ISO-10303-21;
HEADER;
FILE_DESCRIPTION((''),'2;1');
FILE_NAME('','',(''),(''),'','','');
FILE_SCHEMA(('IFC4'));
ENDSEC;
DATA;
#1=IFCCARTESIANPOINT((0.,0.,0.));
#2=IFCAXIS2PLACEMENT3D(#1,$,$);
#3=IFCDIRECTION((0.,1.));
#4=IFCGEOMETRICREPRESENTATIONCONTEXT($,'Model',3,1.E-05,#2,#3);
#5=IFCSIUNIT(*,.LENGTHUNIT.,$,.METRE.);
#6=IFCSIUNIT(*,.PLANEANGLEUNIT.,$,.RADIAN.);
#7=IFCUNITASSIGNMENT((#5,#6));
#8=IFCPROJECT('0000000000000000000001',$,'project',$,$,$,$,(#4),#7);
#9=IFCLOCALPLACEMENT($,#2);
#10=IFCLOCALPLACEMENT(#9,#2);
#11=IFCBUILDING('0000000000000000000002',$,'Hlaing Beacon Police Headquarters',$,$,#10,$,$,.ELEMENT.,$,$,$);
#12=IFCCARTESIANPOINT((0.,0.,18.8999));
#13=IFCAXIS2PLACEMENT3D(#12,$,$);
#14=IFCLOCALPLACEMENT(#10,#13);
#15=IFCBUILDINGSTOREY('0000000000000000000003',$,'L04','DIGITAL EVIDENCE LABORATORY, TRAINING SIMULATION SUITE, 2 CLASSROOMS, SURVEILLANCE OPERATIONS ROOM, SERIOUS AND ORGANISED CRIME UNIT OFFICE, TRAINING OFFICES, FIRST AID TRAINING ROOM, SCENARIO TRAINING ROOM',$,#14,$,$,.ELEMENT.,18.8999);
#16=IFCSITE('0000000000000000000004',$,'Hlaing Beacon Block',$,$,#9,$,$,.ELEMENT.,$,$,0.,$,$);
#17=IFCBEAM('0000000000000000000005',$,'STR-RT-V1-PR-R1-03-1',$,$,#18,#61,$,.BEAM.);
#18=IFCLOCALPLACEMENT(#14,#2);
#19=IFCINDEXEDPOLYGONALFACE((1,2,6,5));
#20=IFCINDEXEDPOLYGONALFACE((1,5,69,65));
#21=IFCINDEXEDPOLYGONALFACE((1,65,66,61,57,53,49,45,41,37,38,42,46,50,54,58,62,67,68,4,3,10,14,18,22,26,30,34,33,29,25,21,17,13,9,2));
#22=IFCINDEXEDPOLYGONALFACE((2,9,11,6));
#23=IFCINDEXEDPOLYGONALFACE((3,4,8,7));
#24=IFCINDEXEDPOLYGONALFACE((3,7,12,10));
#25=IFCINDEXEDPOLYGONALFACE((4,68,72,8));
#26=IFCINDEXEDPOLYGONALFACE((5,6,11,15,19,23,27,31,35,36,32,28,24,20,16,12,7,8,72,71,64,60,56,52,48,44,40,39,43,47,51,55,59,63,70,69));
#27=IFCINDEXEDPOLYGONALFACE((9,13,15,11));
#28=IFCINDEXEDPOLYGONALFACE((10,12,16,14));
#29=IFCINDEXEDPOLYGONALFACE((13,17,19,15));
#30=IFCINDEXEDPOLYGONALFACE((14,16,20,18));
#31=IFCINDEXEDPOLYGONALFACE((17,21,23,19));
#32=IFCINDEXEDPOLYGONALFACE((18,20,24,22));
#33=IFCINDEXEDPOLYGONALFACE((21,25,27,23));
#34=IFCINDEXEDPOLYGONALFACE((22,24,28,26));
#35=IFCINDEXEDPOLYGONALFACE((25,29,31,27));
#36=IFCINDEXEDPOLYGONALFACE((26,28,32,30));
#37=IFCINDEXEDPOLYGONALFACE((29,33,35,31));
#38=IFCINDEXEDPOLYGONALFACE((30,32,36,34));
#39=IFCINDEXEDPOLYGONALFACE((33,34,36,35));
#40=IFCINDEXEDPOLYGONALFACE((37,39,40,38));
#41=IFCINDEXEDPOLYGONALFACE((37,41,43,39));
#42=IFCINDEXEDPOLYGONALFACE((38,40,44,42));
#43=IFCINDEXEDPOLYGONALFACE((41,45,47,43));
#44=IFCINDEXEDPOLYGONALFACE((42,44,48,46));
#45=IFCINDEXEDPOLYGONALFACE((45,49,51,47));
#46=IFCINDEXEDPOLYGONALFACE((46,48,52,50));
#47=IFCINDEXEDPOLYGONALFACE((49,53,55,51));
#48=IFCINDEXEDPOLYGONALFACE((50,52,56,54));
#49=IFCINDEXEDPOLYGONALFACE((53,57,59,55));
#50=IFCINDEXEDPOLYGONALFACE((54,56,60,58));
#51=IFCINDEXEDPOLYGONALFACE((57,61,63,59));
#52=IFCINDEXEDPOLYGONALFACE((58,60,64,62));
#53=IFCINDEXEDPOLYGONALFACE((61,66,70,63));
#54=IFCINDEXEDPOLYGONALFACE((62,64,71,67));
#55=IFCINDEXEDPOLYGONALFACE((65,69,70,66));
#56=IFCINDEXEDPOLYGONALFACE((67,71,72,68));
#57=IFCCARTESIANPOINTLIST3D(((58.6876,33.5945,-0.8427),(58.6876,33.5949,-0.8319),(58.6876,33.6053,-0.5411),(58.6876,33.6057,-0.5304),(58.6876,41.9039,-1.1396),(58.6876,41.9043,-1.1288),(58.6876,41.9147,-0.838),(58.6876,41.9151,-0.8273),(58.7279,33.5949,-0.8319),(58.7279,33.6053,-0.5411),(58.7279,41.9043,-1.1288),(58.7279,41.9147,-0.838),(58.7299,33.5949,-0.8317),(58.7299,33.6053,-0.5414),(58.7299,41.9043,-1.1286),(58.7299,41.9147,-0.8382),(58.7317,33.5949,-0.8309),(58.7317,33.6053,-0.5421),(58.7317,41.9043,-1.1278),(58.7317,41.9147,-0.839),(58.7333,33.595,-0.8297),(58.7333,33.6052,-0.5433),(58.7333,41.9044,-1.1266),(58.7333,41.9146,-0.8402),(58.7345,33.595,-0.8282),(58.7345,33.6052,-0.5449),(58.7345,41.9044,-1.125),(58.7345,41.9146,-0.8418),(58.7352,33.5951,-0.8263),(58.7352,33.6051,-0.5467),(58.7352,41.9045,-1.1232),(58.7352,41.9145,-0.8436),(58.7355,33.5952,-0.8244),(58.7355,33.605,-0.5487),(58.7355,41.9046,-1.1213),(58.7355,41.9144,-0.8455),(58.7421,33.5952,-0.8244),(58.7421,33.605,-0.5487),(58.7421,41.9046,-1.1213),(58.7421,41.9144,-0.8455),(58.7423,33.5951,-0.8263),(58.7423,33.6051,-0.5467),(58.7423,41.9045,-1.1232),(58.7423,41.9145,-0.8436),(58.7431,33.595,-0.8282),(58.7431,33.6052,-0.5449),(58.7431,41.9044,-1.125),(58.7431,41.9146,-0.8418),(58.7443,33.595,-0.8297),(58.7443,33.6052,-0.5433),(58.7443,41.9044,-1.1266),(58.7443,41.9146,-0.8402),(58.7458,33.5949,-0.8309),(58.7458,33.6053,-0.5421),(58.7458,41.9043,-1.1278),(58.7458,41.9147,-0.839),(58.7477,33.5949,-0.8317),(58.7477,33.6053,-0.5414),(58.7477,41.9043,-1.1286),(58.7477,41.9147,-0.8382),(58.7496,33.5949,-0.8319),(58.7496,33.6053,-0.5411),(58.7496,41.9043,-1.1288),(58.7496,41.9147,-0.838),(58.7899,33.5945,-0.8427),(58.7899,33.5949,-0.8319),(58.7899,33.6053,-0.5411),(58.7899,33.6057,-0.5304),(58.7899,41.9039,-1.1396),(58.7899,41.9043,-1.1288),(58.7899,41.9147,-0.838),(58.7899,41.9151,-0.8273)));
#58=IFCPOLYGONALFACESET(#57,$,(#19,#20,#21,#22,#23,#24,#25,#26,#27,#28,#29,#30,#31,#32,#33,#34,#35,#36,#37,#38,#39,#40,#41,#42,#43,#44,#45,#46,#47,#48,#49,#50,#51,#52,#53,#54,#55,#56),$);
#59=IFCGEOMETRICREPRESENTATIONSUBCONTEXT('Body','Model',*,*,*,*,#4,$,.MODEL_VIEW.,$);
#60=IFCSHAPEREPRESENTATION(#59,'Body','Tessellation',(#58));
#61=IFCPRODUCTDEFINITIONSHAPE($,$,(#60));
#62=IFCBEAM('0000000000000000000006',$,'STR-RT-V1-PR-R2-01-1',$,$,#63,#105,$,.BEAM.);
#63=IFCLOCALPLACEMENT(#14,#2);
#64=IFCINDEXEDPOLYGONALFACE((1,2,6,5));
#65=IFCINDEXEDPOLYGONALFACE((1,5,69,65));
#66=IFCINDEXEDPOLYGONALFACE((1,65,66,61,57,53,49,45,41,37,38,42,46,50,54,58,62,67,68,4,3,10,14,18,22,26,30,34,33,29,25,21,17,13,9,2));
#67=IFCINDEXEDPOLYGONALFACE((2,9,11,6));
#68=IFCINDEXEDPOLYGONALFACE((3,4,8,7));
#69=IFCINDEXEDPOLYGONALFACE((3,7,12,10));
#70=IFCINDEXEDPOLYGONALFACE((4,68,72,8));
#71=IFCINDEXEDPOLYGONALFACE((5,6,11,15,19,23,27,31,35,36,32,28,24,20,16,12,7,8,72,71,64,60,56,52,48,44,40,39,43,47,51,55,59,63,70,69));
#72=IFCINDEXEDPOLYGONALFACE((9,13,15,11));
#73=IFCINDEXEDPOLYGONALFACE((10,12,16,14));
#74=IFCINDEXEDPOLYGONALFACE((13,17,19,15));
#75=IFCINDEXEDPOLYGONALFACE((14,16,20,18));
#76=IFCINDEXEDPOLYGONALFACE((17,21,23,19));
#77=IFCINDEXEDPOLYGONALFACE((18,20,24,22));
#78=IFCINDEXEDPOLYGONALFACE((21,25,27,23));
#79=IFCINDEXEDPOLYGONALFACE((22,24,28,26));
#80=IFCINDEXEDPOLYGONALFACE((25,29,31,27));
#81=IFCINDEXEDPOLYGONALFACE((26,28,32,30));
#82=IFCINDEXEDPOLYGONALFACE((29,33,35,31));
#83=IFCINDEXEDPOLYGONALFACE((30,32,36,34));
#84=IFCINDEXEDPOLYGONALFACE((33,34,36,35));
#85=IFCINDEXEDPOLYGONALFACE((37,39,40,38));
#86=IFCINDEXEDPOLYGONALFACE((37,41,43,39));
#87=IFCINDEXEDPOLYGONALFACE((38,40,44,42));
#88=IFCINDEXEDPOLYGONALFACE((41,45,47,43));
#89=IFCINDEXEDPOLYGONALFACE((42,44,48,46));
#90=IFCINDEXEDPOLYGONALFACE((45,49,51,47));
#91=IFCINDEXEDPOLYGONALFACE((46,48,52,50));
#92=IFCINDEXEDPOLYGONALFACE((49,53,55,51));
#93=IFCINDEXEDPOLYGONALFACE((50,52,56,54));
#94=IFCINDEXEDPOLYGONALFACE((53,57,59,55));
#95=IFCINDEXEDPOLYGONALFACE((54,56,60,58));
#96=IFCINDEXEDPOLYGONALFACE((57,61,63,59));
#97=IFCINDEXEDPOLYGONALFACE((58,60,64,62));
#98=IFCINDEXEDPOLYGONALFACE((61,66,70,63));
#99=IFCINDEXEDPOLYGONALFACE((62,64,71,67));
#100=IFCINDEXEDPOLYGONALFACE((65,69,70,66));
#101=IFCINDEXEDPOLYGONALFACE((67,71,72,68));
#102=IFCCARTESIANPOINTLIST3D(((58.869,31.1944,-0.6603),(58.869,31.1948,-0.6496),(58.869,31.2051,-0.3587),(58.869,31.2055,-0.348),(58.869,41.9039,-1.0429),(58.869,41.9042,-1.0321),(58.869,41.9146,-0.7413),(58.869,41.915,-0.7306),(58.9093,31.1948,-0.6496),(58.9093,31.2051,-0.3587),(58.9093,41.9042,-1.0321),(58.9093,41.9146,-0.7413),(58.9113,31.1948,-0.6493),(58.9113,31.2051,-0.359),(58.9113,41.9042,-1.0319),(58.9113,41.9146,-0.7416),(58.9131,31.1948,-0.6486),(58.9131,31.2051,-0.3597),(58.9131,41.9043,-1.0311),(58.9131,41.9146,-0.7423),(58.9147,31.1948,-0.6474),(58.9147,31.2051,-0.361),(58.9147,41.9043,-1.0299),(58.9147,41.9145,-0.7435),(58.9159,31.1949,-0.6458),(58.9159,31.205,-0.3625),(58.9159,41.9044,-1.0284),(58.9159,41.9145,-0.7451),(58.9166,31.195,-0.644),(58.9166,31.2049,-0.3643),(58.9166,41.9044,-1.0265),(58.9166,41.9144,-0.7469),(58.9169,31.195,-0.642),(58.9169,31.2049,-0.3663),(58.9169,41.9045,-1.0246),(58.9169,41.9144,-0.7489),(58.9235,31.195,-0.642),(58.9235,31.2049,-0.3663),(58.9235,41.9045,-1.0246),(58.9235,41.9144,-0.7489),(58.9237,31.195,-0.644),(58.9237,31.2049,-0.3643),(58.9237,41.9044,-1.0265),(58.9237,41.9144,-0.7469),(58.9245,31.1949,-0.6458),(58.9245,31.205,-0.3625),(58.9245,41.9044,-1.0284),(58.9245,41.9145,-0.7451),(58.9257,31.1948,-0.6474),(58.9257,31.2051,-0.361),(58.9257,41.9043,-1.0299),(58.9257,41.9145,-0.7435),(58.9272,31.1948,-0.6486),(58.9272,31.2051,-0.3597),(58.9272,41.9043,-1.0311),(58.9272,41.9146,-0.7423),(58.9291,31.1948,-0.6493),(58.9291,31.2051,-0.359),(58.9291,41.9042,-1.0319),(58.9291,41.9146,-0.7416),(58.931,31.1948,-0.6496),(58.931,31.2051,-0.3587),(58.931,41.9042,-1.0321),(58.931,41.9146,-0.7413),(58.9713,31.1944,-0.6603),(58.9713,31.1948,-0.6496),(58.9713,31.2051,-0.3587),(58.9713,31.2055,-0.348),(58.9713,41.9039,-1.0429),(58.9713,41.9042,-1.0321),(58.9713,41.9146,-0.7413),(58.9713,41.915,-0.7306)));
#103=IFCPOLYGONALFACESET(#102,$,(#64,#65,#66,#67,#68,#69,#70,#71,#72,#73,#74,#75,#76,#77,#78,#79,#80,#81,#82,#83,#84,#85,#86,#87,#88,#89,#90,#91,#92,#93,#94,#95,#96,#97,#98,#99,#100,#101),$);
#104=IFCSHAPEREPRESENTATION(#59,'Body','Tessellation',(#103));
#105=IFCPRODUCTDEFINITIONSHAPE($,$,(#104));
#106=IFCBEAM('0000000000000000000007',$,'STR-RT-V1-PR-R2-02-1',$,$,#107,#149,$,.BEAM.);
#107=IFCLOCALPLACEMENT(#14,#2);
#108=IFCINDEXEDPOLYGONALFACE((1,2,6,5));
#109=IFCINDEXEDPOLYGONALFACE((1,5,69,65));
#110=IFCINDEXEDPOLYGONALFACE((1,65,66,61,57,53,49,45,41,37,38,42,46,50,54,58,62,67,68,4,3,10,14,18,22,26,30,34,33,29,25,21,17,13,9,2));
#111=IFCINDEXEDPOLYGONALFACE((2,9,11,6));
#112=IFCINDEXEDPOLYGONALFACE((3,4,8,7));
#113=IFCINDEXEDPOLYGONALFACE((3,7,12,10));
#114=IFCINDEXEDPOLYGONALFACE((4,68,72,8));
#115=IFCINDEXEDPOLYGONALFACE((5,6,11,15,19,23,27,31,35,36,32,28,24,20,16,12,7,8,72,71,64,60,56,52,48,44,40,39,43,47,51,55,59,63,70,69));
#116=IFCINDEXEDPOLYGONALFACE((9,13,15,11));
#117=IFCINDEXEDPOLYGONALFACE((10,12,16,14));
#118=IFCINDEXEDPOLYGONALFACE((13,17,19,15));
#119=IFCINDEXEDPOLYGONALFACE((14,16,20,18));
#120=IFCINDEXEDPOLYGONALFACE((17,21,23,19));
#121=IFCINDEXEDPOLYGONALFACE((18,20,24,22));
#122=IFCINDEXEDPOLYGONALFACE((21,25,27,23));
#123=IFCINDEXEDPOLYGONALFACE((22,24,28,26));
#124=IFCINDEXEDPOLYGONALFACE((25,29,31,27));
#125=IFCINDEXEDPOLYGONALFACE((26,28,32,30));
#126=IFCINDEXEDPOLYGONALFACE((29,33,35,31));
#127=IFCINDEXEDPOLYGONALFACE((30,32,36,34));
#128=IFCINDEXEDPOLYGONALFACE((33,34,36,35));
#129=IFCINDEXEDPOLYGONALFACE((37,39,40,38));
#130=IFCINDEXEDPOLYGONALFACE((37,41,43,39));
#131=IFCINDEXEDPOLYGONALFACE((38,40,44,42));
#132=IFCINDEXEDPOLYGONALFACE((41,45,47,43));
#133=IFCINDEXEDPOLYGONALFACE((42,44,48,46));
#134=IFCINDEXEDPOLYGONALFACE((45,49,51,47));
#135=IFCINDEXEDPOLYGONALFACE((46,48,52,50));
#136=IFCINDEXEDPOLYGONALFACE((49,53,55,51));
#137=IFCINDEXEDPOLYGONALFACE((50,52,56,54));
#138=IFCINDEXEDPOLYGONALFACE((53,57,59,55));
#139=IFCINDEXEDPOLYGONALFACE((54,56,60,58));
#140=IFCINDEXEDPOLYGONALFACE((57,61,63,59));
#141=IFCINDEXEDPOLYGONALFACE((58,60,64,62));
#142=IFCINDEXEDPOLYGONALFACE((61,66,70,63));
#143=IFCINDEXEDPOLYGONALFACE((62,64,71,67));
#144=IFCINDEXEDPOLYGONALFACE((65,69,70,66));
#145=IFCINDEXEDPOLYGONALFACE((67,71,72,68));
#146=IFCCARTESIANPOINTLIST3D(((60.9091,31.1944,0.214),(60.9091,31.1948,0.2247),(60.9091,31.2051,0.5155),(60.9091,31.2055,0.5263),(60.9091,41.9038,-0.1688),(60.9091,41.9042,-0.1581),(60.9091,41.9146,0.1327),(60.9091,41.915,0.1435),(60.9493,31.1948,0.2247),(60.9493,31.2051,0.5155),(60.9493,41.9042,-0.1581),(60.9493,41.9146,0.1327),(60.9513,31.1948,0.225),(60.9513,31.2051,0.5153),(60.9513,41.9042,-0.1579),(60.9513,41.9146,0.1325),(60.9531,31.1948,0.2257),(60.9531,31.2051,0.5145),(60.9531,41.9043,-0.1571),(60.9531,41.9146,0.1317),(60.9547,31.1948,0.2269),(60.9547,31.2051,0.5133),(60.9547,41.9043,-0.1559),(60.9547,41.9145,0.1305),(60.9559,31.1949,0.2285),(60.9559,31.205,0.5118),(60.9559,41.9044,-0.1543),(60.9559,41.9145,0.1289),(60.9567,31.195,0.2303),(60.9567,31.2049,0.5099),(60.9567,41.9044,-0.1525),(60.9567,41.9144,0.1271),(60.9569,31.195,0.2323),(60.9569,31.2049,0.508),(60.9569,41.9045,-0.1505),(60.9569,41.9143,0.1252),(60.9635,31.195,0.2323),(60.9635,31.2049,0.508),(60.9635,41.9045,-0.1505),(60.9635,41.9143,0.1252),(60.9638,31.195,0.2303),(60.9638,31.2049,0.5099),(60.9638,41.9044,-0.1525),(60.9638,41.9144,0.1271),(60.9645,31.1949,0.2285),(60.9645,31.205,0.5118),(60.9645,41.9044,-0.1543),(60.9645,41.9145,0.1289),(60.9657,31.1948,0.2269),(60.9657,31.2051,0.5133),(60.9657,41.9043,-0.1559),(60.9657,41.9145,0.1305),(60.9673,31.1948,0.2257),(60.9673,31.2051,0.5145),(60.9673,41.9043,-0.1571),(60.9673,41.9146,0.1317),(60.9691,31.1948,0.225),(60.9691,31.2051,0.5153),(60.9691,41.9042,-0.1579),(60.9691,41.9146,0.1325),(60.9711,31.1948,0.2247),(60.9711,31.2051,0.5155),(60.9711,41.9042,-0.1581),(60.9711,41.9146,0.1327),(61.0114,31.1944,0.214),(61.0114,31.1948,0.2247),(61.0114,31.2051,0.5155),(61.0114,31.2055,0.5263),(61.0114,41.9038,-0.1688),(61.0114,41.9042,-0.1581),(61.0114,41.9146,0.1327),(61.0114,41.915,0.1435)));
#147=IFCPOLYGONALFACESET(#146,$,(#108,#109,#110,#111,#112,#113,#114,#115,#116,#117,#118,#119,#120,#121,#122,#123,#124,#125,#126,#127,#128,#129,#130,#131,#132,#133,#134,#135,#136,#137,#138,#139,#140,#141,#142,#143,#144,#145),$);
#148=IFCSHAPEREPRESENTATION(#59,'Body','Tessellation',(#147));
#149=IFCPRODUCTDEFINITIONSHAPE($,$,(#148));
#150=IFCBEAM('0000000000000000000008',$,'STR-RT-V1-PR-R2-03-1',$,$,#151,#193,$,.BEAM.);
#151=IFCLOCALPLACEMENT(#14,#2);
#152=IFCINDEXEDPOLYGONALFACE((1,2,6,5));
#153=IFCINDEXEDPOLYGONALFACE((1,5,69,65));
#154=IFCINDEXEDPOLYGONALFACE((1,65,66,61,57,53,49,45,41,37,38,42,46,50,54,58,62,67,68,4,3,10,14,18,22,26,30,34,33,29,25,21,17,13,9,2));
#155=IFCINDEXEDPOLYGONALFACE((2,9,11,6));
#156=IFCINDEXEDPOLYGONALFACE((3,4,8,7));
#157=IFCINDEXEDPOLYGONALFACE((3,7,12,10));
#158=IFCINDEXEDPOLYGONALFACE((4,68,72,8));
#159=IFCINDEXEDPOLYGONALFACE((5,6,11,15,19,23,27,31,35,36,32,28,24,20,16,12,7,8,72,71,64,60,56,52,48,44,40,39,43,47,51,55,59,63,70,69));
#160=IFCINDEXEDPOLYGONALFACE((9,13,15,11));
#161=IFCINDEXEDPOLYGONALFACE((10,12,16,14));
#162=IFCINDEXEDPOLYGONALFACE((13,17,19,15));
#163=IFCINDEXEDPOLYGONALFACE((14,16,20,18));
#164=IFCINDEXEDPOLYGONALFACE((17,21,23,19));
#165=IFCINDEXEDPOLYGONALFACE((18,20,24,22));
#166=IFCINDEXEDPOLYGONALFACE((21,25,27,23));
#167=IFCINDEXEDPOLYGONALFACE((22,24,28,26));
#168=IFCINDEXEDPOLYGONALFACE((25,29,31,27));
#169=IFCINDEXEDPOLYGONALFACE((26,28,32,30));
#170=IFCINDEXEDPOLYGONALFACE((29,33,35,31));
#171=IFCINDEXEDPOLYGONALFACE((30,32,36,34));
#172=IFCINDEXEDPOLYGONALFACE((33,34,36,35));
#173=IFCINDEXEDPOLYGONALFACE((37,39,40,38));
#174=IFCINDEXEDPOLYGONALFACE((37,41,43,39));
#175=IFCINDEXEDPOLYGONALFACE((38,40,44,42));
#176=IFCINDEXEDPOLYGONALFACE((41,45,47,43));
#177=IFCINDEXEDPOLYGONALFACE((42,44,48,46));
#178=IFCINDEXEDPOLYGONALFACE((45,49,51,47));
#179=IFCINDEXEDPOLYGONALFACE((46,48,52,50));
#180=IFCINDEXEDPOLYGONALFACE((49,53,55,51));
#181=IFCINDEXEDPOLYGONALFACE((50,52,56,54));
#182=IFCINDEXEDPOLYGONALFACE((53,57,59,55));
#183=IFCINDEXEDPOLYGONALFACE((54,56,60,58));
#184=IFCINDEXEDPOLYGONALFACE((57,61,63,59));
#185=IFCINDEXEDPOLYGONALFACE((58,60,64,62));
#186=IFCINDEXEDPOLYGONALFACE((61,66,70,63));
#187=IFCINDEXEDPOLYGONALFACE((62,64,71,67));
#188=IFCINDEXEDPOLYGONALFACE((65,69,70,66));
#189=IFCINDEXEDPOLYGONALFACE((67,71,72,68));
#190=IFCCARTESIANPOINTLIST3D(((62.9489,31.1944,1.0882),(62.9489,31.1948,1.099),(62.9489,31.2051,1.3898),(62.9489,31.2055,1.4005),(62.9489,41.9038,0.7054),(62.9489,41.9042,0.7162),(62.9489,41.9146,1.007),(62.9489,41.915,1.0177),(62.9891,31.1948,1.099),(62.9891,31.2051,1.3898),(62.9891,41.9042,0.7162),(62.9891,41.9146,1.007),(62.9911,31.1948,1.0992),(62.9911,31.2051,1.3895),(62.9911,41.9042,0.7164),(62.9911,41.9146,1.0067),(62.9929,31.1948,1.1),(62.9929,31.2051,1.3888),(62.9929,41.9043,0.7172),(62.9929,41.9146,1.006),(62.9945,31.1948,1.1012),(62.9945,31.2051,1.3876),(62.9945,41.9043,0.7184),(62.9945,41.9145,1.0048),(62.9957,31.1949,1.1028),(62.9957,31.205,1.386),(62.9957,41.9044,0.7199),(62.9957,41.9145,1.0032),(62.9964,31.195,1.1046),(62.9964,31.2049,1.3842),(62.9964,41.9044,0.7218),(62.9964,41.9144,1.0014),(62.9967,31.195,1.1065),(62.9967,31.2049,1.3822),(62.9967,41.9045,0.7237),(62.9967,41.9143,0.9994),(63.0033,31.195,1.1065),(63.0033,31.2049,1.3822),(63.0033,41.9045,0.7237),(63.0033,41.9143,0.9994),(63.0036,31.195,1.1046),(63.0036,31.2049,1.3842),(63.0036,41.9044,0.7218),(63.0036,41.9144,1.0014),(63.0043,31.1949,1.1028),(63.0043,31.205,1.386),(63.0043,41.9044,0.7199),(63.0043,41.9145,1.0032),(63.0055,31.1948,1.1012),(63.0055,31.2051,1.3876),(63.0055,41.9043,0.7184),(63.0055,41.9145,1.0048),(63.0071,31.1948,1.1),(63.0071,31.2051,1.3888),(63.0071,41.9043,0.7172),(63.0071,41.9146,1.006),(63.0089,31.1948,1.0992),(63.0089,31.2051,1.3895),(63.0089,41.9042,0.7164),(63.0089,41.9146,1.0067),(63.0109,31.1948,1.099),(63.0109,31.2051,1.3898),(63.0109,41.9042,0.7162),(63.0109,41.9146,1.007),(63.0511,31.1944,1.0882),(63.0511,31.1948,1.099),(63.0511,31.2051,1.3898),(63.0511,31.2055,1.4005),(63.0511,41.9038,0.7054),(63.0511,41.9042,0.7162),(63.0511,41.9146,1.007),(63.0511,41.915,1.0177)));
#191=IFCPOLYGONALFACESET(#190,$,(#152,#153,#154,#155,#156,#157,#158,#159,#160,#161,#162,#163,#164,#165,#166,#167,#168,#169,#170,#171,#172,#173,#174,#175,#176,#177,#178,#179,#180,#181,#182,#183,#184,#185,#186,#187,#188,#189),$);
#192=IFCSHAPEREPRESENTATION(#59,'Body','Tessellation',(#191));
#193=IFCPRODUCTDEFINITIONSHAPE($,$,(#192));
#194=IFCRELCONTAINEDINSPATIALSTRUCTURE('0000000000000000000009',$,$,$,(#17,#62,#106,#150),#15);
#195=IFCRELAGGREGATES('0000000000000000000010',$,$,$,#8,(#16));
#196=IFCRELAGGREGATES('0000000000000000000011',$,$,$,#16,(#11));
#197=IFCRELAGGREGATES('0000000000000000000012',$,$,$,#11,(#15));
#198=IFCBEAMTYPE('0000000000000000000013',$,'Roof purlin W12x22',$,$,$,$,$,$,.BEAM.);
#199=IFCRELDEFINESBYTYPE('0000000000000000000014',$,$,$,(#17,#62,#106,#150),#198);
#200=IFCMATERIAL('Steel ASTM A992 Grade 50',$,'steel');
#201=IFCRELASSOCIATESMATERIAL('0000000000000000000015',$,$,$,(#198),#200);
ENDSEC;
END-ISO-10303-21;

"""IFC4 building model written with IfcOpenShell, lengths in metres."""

from ifc_helpers import new_model, si_unit, direction, frame, origin, origin_2d, place, context, subcontext, project, spatial, i_section, extrude, material, material_profile, profile_set, type_object, element, save


model = new_model("IFC4")

# Units and contexts
model_context = context("Model", 3, precision=1e-05, world=origin(), true_north=direction((0.0, 1.0)))
body_context = subcontext(model_context, "Body", "Model", "MODEL_VIEW")
ifc_project = project(units=[si_unit("LENGTHUNIT", "METRE"), si_unit("PLANEANGLEUNIT", "RADIAN")], contexts=[model_context])

# Site, building, storey
site_placement = place(None, origin())
site = spatial("IfcSite", under=ifc_project, at=site_placement, Name="Hlaing Beacon Block", CompositionType="ELEMENT", RefElevation=0.0)
building_placement = place(site_placement, origin())
building = spatial("IfcBuilding", under=site, at=building_placement, Name="Hlaing Beacon Police Headquarters", CompositionType="ELEMENT")
storey_placement = place(building_placement, frame((0.0, 0.0, 18.8999)))
storey = spatial("IfcBuildingStorey", under=building, at=storey_placement, Name="L04", Description="DIGITAL EVIDENCE LABORATORY, TRAINING SIMULATION SUITE, 2 CLASSROOMS, SURVEILLANCE OPERATIONS ROOM, SERIOUS AND ORGANISED CRIME UNIT OFFICE, TRAINING OFFICES, FIRST AID TRAINING ROOM, SCENARIO TRAINING ROOM", CompositionType="ELEMENT", Elevation=18.8999)

# Beams
ifc_material_1 = material(Name="Steel ASTM A992 Grade 50", Category="steel")
ifc_material_profile_1 = material_profile(ifc_material_1, i_section(OverallWidth=0.1023, OverallDepth=0.3125, WebThickness=0.0066, FlangeThickness=0.0107, FilletRadius=0.0076, at=origin_2d()), Name="W12x22")
ifc_profile_set_1 = profile_set([ifc_material_profile_1], Name="Steel ASTM A992 Grade 50")
beam_type_1 = type_object("IfcBeamType", Name="Roof purlin W12x22", PredefinedType="BEAM", material=ifc_profile_set_1)
beam_1_placement = place(storey_placement, frame((58.7388, 33.6001, -0.6865), z_axis=(0.0, 0.999362, -0.035705), x_axis=(-1.0, 0.0, 0.0)))
element("IfcBeam", 1, at=beam_1_placement, inside=storey, type_object=beam_type_1, Name="STR-RT-V1-PR-R1-03-1", PredefinedType="BEAM", context=body_context, shape_type="SweptSolid", body=[
    extrude(i_section(OverallWidth=0.1023, OverallDepth=0.3125, WebThickness=0.0066, FlangeThickness=0.0107, FilletRadius=0.0076, at=origin_2d()), origin(), (0.0, 0.0, 1.0), 8.3147),
])
for number, where, z_axis, x_axis, name in (
    (2, (58.9202, 31.2, -0.5042), (0.0, 0.999363, -0.0357), (-1.0, 0.0, 0.0), "STR-RT-V1-PR-R2-01-1"),
    (3, (60.9602, 31.2, 0.3701), (0.0, 0.999362, -0.035722), (-1.0, 0.0, 0.0), "STR-RT-V1-PR-R2-02-1"),
    (4, (63.0, 31.2, 1.2444), (0.0, 0.999362, -0.035722), (-1.0, 0.0, 0.0), "STR-RT-V1-PR-R2-03-1"),
):
    element("IfcBeam", number, at=place(storey_placement, frame(where, z_axis=z_axis, x_axis=x_axis)), inside=storey, type_object=beam_type_1, Name=name, PredefinedType="BEAM", context=body_context, shape_type="SweptSolid", body=[
        extrude(i_section(OverallWidth=0.1023, OverallDepth=0.3125, WebThickness=0.0066, FlangeThickness=0.0107, FilletRadius=0.0076, at=origin_2d()), origin(), (0.0, 0.0, 1.0), 10.7163),
    ])

save(model, "model.ifc")
